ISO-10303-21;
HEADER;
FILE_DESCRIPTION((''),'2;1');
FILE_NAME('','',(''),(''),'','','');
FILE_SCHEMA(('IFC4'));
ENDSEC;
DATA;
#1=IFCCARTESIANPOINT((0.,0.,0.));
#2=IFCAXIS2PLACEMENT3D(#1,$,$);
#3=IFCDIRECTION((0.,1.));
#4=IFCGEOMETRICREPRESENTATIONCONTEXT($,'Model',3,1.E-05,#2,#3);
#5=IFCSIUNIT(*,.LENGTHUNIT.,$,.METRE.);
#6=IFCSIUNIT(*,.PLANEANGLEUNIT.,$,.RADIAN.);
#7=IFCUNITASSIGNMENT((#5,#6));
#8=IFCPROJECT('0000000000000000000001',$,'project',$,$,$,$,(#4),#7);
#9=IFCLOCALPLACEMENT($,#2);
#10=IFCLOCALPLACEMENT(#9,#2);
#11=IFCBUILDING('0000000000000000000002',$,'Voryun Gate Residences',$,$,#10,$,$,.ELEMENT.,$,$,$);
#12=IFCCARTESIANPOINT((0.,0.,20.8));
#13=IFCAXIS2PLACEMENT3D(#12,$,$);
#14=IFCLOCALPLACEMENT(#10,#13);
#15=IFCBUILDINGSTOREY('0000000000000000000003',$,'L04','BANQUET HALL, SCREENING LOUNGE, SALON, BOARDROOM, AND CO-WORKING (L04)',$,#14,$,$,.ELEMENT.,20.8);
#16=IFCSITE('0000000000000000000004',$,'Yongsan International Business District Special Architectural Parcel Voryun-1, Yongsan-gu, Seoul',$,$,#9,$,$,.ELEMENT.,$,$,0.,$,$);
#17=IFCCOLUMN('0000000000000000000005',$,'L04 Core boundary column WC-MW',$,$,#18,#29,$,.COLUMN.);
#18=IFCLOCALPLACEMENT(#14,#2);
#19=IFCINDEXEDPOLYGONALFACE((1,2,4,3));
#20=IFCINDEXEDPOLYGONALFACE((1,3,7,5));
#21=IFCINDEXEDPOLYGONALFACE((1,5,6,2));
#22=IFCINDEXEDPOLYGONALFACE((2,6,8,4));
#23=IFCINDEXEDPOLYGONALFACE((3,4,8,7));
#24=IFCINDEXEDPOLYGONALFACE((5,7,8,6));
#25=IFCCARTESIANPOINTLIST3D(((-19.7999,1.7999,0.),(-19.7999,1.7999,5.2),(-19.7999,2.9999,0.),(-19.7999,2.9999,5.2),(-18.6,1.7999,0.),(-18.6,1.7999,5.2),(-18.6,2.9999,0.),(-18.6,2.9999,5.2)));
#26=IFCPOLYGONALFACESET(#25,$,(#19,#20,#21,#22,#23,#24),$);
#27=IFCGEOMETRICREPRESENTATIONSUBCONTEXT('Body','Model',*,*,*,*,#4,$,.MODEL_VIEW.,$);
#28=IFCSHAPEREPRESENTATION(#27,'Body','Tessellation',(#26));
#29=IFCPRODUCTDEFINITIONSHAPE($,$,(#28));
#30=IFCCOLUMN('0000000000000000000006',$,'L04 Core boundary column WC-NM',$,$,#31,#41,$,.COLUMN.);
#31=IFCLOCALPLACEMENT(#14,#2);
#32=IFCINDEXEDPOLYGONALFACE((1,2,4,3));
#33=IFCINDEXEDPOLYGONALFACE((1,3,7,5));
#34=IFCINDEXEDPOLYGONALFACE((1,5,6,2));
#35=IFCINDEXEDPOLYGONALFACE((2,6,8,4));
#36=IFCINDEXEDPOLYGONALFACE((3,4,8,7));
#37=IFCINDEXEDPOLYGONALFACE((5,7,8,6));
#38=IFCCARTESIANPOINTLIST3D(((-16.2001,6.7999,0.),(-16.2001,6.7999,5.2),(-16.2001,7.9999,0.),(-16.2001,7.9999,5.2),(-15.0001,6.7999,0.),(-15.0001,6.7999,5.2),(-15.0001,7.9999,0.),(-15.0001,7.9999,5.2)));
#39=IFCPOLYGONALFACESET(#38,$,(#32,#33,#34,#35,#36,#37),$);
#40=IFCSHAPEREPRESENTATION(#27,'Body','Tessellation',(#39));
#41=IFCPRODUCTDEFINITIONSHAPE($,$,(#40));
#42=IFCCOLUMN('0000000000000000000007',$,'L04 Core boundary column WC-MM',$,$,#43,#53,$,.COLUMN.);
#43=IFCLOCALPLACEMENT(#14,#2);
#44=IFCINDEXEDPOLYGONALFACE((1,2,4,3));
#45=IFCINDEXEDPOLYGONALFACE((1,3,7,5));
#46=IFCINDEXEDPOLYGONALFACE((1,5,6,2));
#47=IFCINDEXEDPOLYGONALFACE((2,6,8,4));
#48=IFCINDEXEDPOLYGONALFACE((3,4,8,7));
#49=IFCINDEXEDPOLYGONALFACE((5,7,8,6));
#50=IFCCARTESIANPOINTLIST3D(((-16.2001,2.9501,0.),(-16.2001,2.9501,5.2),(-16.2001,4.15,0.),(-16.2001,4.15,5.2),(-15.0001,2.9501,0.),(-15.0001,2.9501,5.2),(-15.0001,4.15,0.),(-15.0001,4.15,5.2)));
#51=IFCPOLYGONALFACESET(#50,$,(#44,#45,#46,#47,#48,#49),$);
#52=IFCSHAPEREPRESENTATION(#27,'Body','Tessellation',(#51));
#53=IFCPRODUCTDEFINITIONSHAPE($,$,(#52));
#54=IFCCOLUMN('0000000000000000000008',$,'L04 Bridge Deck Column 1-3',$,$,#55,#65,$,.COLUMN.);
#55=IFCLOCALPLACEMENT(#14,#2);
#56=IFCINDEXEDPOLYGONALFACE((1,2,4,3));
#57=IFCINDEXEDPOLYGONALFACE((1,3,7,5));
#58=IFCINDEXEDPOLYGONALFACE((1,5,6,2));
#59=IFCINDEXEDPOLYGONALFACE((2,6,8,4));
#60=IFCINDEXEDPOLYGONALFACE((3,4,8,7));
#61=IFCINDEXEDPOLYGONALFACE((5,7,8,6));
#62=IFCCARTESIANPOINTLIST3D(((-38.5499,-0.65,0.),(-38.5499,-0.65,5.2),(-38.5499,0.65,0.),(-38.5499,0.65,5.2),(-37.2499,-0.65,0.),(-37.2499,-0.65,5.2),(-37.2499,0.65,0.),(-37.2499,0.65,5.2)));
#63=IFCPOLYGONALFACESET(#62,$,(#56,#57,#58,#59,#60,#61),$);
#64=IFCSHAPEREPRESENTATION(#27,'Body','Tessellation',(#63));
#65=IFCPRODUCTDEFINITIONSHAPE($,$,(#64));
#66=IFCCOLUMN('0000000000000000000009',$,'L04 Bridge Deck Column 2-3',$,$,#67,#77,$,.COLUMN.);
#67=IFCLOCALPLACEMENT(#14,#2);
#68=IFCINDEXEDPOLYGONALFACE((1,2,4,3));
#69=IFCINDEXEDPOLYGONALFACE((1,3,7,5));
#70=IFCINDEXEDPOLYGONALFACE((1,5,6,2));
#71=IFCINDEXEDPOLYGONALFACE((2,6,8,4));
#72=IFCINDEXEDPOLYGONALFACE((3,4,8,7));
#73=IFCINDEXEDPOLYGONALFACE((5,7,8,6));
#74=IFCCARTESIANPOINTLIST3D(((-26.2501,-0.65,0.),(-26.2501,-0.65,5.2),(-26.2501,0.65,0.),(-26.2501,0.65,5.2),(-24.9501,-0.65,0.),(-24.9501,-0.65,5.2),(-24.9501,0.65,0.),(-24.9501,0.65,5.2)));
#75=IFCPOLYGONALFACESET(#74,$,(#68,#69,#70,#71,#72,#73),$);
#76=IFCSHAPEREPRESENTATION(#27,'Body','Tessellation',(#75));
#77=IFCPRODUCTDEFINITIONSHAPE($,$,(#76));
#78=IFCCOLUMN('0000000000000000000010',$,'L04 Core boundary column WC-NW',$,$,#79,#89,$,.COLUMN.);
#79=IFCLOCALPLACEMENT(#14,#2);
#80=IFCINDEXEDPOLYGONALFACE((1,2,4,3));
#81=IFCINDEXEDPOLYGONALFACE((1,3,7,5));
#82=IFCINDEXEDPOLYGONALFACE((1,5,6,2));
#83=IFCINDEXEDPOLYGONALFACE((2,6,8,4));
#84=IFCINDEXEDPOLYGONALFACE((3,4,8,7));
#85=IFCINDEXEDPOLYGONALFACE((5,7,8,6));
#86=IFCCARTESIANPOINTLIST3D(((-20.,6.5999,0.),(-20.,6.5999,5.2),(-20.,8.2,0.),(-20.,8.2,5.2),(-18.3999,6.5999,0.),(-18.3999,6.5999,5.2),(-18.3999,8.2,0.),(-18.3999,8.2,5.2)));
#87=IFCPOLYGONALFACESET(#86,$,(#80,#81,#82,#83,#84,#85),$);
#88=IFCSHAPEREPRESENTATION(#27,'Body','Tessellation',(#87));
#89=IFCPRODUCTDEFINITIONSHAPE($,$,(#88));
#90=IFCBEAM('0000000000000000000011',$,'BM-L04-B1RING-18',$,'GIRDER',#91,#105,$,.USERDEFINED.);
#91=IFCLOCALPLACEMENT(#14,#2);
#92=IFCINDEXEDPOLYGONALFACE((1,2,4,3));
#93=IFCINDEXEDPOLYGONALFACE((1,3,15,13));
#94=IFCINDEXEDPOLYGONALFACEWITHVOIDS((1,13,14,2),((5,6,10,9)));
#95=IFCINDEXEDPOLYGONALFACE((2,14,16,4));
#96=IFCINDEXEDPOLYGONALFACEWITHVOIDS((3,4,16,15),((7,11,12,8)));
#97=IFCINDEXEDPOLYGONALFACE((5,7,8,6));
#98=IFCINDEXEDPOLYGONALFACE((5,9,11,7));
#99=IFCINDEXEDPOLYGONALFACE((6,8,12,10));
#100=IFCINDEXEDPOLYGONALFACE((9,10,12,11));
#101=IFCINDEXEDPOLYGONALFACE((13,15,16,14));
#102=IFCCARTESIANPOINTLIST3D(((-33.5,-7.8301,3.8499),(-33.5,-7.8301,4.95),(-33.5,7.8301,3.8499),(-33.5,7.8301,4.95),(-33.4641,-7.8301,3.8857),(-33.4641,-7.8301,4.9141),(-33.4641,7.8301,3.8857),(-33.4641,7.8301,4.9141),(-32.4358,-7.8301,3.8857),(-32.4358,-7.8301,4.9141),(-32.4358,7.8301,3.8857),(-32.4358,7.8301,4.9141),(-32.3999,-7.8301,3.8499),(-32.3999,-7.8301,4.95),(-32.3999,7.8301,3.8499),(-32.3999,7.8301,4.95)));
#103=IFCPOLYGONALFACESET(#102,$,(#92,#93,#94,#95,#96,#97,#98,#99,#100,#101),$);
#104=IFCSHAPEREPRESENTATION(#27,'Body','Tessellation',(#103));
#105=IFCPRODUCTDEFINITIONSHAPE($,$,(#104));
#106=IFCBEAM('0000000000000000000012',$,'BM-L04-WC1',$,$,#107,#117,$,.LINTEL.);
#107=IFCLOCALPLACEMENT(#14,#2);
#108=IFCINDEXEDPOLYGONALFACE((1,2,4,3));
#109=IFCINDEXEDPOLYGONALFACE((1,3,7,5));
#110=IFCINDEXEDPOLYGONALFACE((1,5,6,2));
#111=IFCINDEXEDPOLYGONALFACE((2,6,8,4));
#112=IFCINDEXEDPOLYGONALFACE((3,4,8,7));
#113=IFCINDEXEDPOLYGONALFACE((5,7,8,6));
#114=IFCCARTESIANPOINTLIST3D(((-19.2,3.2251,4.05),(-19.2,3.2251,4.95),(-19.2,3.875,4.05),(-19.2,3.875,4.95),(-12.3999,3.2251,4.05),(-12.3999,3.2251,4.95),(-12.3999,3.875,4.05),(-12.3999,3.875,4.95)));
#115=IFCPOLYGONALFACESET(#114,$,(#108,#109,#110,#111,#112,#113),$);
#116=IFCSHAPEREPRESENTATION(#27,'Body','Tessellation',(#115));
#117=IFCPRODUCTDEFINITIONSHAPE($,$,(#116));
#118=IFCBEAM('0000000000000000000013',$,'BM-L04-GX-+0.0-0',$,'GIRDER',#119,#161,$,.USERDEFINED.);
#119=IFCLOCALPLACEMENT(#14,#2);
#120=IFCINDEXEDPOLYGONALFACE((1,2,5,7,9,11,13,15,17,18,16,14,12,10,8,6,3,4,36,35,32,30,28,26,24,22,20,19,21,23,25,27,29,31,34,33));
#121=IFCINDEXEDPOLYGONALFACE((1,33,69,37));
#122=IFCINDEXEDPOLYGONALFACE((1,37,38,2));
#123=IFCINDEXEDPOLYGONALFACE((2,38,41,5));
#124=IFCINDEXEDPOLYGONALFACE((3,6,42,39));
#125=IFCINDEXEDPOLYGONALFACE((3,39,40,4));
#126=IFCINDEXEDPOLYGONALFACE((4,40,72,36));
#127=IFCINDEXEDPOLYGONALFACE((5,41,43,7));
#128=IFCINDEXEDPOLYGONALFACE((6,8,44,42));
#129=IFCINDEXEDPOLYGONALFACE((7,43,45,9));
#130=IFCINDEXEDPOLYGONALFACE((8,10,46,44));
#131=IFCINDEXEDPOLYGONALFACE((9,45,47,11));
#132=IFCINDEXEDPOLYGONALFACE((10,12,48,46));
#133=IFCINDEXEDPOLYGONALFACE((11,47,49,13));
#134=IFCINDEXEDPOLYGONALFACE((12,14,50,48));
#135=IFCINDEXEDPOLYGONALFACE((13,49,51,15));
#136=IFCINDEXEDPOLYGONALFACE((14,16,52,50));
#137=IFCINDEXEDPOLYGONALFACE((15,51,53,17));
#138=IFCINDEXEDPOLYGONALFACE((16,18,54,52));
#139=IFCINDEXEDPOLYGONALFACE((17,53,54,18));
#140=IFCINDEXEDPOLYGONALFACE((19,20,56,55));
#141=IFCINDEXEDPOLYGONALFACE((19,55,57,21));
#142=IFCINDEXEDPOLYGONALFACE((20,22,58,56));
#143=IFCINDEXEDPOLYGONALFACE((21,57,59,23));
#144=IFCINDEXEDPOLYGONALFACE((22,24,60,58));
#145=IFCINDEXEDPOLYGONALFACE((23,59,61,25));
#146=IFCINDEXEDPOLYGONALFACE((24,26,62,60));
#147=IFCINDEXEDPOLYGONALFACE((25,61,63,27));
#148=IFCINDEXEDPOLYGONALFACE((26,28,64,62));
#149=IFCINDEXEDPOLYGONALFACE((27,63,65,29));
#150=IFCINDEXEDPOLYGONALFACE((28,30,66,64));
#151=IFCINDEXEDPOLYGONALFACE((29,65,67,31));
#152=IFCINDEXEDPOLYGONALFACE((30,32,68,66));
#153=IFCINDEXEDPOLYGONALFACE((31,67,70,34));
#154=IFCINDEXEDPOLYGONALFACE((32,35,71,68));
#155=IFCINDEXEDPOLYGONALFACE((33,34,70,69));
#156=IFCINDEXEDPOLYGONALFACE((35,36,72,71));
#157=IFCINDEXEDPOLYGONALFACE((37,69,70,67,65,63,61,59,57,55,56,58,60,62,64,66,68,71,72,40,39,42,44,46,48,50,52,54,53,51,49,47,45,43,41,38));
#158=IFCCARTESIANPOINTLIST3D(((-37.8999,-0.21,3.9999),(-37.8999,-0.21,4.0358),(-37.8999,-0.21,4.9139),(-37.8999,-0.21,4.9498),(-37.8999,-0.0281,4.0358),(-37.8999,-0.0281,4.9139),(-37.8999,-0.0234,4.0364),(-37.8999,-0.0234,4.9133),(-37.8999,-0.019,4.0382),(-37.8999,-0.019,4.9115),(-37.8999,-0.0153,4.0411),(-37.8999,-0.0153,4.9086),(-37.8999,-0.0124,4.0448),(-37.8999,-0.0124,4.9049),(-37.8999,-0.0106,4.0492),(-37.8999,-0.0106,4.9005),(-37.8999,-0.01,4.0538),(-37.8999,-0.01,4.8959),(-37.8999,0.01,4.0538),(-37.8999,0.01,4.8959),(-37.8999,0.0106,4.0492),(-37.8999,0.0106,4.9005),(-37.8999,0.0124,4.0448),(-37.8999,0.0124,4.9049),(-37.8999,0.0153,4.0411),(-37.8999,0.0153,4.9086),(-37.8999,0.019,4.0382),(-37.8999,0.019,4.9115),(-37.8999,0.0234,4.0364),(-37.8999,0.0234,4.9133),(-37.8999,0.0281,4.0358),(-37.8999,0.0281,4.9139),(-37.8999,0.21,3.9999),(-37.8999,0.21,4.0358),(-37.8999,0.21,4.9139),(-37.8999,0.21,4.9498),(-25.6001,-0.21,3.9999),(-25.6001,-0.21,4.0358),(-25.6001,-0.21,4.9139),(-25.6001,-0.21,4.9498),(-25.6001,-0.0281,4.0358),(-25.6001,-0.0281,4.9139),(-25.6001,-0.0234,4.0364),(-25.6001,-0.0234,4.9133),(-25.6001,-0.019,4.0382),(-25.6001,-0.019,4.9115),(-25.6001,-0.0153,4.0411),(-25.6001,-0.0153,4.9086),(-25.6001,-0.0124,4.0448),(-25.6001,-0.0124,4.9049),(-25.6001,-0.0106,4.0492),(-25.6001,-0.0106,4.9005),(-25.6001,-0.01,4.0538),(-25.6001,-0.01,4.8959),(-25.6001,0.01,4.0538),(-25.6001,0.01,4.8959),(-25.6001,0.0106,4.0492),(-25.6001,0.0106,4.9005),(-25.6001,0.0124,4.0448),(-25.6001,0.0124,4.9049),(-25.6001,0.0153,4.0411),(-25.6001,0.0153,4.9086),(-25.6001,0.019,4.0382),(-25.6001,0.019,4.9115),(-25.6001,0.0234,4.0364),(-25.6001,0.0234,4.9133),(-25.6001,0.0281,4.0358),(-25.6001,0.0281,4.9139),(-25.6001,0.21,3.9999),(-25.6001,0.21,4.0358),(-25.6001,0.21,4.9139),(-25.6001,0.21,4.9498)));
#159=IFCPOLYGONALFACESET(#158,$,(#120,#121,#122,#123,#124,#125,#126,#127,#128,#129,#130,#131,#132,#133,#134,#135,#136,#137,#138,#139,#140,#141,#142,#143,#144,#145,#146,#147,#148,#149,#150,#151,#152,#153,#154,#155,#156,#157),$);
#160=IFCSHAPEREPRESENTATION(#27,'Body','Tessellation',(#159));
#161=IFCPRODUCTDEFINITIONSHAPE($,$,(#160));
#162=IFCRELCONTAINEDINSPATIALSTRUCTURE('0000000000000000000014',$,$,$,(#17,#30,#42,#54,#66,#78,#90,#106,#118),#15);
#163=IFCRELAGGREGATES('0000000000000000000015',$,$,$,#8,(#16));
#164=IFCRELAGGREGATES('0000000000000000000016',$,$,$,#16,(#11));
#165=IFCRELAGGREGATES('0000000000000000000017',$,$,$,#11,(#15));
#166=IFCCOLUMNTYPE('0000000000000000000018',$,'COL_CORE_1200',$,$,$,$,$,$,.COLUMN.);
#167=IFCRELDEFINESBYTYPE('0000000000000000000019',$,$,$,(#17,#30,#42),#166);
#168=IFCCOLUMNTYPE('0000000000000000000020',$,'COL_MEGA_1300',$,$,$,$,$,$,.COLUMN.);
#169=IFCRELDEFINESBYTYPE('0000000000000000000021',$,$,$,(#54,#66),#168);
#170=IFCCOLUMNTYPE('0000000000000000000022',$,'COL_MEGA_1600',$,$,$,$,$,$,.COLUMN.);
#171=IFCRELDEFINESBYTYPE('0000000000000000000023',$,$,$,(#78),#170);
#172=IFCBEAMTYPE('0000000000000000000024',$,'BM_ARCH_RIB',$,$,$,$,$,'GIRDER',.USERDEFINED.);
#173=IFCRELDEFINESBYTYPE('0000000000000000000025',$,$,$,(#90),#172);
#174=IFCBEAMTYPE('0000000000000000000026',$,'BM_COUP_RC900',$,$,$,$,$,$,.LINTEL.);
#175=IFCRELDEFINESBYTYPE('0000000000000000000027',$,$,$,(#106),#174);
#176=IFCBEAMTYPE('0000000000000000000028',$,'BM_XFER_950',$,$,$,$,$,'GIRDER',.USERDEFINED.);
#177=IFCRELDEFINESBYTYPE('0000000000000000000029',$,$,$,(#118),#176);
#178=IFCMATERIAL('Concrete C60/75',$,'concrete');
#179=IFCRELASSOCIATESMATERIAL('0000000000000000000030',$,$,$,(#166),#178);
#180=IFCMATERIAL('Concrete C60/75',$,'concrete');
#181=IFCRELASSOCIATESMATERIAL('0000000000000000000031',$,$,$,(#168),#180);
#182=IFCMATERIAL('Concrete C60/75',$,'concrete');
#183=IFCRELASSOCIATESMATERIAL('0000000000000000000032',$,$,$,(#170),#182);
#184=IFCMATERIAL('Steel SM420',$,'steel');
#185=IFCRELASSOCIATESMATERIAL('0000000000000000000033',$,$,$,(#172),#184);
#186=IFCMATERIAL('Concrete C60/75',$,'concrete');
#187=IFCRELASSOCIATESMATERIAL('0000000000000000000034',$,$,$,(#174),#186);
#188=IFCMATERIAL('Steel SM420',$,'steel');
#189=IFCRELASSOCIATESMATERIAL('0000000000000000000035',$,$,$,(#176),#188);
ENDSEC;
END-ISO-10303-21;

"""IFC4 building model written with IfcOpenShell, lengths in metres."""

from ifc_helpers import new_model, si_unit, direction, frame, origin, origin_2d, place, context, subcontext, project, spatial, rectangle, hollow_rectangle, i_section, extrude, material, material_profile, profile_set, type_object, element, save


model = new_model("IFC4")

# Units and contexts
model_context = context("Model", 3, precision=1e-05, world=origin(), true_north=direction((0.0, 1.0)))
body_context = subcontext(model_context, "Body", "Model", "MODEL_VIEW")
ifc_project = project(units=[si_unit("LENGTHUNIT", "METRE"), si_unit("PLANEANGLEUNIT", "RADIAN")], contexts=[model_context])

# Site, building, storey
site_placement = place(None, origin())
site = spatial("IfcSite", under=ifc_project, at=site_placement, Name="Yongsan International Business District Special Architectural Parcel Voryun-1, Yongsan-gu, Seoul", CompositionType="ELEMENT", RefElevation=0.0)
building_placement = place(site_placement, origin())
building = spatial("IfcBuilding", under=site, at=building_placement, Name="Voryun Gate Residences", CompositionType="ELEMENT")
storey_placement = place(building_placement, frame((0.0, 0.0, 20.8)))
storey = spatial("IfcBuildingStorey", under=building, at=storey_placement, Name="L04", Description="BANQUET HALL, SCREENING LOUNGE, SALON, BOARDROOM, AND CO-WORKING (L04)", CompositionType="ELEMENT", Elevation=20.8)

# Columns
ifc_material_1 = material(Name="Concrete C60/75", Category="concrete")
ifc_material_profile_1 = material_profile(ifc_material_1, rectangle(XDim=1.2, YDim=1.2, at=origin_2d()), Name="RC-1200x1200")
ifc_profile_set_1 = profile_set([ifc_material_profile_1], Name="Concrete C60/75")
column_type_1 = type_object("IfcColumnType", Name="COL_CORE_1200", PredefinedType="COLUMN", material=ifc_profile_set_1)
for number, where, z_axis, x_axis, name in (
    (1, (-19.2, 2.3999, 0.0), (0.0, 0.0, 1.0), (1.0, 0.0, 0.0), "L04 Core boundary column WC-MW"),
    (2, (-15.6001, 7.3999, 0.0), (0.0, 0.0, 1.0), (1.0, 0.0, 0.0), "L04 Core boundary column WC-NM"),
    (3, (-15.6001, 3.55, 0.0), (0.0, 0.0, 1.0), (1.0, 0.0, 0.0), "L04 Core boundary column WC-MM"),
):
    element("IfcColumn", number, at=place(storey_placement, frame(where, z_axis=z_axis, x_axis=x_axis)), inside=storey, type_object=column_type_1, Name=name, PredefinedType="COLUMN", context=body_context, shape_type="SweptSolid", body=[
        extrude(rectangle(XDim=1.2, YDim=1.2, at=origin_2d()), origin(), (0.0, 0.0, 1.0), 5.2),
    ])
ifc_material_2 = material(Name="Concrete C60/75", Category="concrete")
ifc_material_profile_2 = material_profile(ifc_material_2, rectangle(XDim=1.3, YDim=1.3, at=origin_2d()), Name="RC-1300x1300")
ifc_profile_set_2 = profile_set([ifc_material_profile_2], Name="Concrete C60/75")
column_type_2 = type_object("IfcColumnType", Name="COL_MEGA_1300", PredefinedType="COLUMN", material=ifc_profile_set_2)
for number, where, z_axis, x_axis, name in (
    (4, (-37.8999, 0.0, 0.0), (0.0, 0.0, 1.0), (1.0, 0.0, 0.0), "L04 Bridge Deck Column 1-3"),
    (5, (-25.6001, 0.0, 0.0), (0.0, 0.0, 1.0), (1.0, 0.0, 0.0), "L04 Bridge Deck Column 2-3"),
):
    element("IfcColumn", number, at=place(storey_placement, frame(where, z_axis=z_axis, x_axis=x_axis)), inside=storey, type_object=column_type_2, Name=name, PredefinedType="COLUMN", context=body_context, shape_type="SweptSolid", body=[
        extrude(rectangle(XDim=1.3, YDim=1.3, at=origin_2d()), origin(), (0.0, 0.0, 1.0), 5.2),
    ])
ifc_material_3 = material(Name="Concrete C60/75", Category="concrete")
ifc_material_profile_3 = material_profile(ifc_material_3, rectangle(XDim=1.6001, YDim=1.6001, at=origin_2d()), Name="RC-1600x1600")
ifc_profile_set_3 = profile_set([ifc_material_profile_3], Name="Concrete C60/75")
column_type_3 = type_object("IfcColumnType", Name="COL_MEGA_1600", PredefinedType="COLUMN", material=ifc_profile_set_3)
column_placement = place(storey_placement, frame((-19.2, 7.3999, 0.0), z_axis=(0.0, 0.0, 1.0), x_axis=(1.0, 0.0, 0.0)))
element("IfcColumn", 6, at=column_placement, inside=storey, type_object=column_type_3, Name="L04 Core boundary column WC-NW", PredefinedType="COLUMN", context=body_context, shape_type="SweptSolid", body=[
    extrude(rectangle(XDim=1.6001, YDim=1.6001, at=origin_2d()), origin(), (0.0, 0.0, 1.0), 5.2),
])

# Beams
ifc_material_4 = material(Name="Steel SM420", Category="steel")
ifc_material_profile_4 = material_profile(ifc_material_4, hollow_rectangle(XDim=1.1001, YDim=1.1001, WallThickness=0.0359, at=origin_2d()), Name="BOX-1100x1100x36")
ifc_profile_set_4 = profile_set([ifc_material_profile_4], Name="Steel SM420")
beam_type_1 = type_object("IfcBeamType", Name="BM_ARCH_RIB", ElementType="GIRDER", PredefinedType="USERDEFINED", material=ifc_profile_set_4)
beam_1_placement = place(storey_placement, frame((-32.95, 7.8301, 4.3999), z_axis=(0.0, -1.0, 0.0), x_axis=(1.0, 0.0, 0.0)))
element("IfcBeam", 7, at=beam_1_placement, inside=storey, type_object=beam_type_1, Name="BM-L04-B1RING-18", ObjectType="GIRDER", PredefinedType="USERDEFINED", context=body_context, shape_type="SweptSolid", body=[
    extrude(hollow_rectangle(XDim=1.1001, YDim=1.1001, WallThickness=0.0359, at=origin_2d()), origin(), (0.0, 0.0, 1.0), 15.6602),
])
ifc_material_5 = material(Name="Concrete C60/75", Category="concrete")
ifc_material_profile_5 = material_profile(ifc_material_5, rectangle(XDim=0.6499, YDim=0.8999, at=origin_2d()), Name="RC-650x900")
ifc_profile_set_5 = profile_set([ifc_material_profile_5], Name="Concrete C60/75")
beam_type_2 = type_object("IfcBeamType", Name="BM_COUP_RC900", PredefinedType="LINTEL", material=ifc_profile_set_5)
beam_2_placement = place(storey_placement, frame((-19.2, 3.55, 4.5), z_axis=(1.0, 0.0, 0.0), x_axis=(0.0, 1.0, 0.0)))
element("IfcBeam", 8, at=beam_2_placement, inside=storey, type_object=beam_type_2, Name="BM-L04-WC1", PredefinedType="LINTEL", context=body_context, shape_type="SweptSolid", body=[
    extrude(rectangle(XDim=0.6499, YDim=0.8999, at=origin_2d()), origin(), (0.0, 0.0, 1.0), 6.8),
])
ifc_material_6 = material(Name="Steel SM420", Category="steel")
ifc_material_profile_6 = material_profile(ifc_material_6, i_section(OverallWidth=0.4199, OverallDepth=0.95, WebThickness=0.02, FlangeThickness=0.0359, FilletRadius=0.0181, at=origin_2d()), Name="H-950x420x20x36")
ifc_profile_set_6 = profile_set([ifc_material_profile_6], Name="Steel SM420")
beam_type_3 = type_object("IfcBeamType", Name="BM_XFER_950", ElementType="GIRDER", PredefinedType="USERDEFINED", material=ifc_profile_set_6)
beam_3_placement = place(storey_placement, frame((-37.8999, 0.0, 4.4749), z_axis=(1.0, 0.0, 0.0), x_axis=(0.0, 1.0, 0.0)))
element("IfcBeam", 9, at=beam_3_placement, inside=storey, type_object=beam_type_3, Name="BM-L04-GX-+0.0-0", ObjectType="GIRDER", PredefinedType="USERDEFINED", context=body_context, shape_type="SweptSolid", body=[
    extrude(i_section(OverallWidth=0.4199, OverallDepth=0.95, WebThickness=0.02, FlangeThickness=0.0359, FilletRadius=0.0181, at=origin_2d()), origin(), (0.0, 0.0, 1.0), 12.2998),
])

save(model, "model.ifc")
